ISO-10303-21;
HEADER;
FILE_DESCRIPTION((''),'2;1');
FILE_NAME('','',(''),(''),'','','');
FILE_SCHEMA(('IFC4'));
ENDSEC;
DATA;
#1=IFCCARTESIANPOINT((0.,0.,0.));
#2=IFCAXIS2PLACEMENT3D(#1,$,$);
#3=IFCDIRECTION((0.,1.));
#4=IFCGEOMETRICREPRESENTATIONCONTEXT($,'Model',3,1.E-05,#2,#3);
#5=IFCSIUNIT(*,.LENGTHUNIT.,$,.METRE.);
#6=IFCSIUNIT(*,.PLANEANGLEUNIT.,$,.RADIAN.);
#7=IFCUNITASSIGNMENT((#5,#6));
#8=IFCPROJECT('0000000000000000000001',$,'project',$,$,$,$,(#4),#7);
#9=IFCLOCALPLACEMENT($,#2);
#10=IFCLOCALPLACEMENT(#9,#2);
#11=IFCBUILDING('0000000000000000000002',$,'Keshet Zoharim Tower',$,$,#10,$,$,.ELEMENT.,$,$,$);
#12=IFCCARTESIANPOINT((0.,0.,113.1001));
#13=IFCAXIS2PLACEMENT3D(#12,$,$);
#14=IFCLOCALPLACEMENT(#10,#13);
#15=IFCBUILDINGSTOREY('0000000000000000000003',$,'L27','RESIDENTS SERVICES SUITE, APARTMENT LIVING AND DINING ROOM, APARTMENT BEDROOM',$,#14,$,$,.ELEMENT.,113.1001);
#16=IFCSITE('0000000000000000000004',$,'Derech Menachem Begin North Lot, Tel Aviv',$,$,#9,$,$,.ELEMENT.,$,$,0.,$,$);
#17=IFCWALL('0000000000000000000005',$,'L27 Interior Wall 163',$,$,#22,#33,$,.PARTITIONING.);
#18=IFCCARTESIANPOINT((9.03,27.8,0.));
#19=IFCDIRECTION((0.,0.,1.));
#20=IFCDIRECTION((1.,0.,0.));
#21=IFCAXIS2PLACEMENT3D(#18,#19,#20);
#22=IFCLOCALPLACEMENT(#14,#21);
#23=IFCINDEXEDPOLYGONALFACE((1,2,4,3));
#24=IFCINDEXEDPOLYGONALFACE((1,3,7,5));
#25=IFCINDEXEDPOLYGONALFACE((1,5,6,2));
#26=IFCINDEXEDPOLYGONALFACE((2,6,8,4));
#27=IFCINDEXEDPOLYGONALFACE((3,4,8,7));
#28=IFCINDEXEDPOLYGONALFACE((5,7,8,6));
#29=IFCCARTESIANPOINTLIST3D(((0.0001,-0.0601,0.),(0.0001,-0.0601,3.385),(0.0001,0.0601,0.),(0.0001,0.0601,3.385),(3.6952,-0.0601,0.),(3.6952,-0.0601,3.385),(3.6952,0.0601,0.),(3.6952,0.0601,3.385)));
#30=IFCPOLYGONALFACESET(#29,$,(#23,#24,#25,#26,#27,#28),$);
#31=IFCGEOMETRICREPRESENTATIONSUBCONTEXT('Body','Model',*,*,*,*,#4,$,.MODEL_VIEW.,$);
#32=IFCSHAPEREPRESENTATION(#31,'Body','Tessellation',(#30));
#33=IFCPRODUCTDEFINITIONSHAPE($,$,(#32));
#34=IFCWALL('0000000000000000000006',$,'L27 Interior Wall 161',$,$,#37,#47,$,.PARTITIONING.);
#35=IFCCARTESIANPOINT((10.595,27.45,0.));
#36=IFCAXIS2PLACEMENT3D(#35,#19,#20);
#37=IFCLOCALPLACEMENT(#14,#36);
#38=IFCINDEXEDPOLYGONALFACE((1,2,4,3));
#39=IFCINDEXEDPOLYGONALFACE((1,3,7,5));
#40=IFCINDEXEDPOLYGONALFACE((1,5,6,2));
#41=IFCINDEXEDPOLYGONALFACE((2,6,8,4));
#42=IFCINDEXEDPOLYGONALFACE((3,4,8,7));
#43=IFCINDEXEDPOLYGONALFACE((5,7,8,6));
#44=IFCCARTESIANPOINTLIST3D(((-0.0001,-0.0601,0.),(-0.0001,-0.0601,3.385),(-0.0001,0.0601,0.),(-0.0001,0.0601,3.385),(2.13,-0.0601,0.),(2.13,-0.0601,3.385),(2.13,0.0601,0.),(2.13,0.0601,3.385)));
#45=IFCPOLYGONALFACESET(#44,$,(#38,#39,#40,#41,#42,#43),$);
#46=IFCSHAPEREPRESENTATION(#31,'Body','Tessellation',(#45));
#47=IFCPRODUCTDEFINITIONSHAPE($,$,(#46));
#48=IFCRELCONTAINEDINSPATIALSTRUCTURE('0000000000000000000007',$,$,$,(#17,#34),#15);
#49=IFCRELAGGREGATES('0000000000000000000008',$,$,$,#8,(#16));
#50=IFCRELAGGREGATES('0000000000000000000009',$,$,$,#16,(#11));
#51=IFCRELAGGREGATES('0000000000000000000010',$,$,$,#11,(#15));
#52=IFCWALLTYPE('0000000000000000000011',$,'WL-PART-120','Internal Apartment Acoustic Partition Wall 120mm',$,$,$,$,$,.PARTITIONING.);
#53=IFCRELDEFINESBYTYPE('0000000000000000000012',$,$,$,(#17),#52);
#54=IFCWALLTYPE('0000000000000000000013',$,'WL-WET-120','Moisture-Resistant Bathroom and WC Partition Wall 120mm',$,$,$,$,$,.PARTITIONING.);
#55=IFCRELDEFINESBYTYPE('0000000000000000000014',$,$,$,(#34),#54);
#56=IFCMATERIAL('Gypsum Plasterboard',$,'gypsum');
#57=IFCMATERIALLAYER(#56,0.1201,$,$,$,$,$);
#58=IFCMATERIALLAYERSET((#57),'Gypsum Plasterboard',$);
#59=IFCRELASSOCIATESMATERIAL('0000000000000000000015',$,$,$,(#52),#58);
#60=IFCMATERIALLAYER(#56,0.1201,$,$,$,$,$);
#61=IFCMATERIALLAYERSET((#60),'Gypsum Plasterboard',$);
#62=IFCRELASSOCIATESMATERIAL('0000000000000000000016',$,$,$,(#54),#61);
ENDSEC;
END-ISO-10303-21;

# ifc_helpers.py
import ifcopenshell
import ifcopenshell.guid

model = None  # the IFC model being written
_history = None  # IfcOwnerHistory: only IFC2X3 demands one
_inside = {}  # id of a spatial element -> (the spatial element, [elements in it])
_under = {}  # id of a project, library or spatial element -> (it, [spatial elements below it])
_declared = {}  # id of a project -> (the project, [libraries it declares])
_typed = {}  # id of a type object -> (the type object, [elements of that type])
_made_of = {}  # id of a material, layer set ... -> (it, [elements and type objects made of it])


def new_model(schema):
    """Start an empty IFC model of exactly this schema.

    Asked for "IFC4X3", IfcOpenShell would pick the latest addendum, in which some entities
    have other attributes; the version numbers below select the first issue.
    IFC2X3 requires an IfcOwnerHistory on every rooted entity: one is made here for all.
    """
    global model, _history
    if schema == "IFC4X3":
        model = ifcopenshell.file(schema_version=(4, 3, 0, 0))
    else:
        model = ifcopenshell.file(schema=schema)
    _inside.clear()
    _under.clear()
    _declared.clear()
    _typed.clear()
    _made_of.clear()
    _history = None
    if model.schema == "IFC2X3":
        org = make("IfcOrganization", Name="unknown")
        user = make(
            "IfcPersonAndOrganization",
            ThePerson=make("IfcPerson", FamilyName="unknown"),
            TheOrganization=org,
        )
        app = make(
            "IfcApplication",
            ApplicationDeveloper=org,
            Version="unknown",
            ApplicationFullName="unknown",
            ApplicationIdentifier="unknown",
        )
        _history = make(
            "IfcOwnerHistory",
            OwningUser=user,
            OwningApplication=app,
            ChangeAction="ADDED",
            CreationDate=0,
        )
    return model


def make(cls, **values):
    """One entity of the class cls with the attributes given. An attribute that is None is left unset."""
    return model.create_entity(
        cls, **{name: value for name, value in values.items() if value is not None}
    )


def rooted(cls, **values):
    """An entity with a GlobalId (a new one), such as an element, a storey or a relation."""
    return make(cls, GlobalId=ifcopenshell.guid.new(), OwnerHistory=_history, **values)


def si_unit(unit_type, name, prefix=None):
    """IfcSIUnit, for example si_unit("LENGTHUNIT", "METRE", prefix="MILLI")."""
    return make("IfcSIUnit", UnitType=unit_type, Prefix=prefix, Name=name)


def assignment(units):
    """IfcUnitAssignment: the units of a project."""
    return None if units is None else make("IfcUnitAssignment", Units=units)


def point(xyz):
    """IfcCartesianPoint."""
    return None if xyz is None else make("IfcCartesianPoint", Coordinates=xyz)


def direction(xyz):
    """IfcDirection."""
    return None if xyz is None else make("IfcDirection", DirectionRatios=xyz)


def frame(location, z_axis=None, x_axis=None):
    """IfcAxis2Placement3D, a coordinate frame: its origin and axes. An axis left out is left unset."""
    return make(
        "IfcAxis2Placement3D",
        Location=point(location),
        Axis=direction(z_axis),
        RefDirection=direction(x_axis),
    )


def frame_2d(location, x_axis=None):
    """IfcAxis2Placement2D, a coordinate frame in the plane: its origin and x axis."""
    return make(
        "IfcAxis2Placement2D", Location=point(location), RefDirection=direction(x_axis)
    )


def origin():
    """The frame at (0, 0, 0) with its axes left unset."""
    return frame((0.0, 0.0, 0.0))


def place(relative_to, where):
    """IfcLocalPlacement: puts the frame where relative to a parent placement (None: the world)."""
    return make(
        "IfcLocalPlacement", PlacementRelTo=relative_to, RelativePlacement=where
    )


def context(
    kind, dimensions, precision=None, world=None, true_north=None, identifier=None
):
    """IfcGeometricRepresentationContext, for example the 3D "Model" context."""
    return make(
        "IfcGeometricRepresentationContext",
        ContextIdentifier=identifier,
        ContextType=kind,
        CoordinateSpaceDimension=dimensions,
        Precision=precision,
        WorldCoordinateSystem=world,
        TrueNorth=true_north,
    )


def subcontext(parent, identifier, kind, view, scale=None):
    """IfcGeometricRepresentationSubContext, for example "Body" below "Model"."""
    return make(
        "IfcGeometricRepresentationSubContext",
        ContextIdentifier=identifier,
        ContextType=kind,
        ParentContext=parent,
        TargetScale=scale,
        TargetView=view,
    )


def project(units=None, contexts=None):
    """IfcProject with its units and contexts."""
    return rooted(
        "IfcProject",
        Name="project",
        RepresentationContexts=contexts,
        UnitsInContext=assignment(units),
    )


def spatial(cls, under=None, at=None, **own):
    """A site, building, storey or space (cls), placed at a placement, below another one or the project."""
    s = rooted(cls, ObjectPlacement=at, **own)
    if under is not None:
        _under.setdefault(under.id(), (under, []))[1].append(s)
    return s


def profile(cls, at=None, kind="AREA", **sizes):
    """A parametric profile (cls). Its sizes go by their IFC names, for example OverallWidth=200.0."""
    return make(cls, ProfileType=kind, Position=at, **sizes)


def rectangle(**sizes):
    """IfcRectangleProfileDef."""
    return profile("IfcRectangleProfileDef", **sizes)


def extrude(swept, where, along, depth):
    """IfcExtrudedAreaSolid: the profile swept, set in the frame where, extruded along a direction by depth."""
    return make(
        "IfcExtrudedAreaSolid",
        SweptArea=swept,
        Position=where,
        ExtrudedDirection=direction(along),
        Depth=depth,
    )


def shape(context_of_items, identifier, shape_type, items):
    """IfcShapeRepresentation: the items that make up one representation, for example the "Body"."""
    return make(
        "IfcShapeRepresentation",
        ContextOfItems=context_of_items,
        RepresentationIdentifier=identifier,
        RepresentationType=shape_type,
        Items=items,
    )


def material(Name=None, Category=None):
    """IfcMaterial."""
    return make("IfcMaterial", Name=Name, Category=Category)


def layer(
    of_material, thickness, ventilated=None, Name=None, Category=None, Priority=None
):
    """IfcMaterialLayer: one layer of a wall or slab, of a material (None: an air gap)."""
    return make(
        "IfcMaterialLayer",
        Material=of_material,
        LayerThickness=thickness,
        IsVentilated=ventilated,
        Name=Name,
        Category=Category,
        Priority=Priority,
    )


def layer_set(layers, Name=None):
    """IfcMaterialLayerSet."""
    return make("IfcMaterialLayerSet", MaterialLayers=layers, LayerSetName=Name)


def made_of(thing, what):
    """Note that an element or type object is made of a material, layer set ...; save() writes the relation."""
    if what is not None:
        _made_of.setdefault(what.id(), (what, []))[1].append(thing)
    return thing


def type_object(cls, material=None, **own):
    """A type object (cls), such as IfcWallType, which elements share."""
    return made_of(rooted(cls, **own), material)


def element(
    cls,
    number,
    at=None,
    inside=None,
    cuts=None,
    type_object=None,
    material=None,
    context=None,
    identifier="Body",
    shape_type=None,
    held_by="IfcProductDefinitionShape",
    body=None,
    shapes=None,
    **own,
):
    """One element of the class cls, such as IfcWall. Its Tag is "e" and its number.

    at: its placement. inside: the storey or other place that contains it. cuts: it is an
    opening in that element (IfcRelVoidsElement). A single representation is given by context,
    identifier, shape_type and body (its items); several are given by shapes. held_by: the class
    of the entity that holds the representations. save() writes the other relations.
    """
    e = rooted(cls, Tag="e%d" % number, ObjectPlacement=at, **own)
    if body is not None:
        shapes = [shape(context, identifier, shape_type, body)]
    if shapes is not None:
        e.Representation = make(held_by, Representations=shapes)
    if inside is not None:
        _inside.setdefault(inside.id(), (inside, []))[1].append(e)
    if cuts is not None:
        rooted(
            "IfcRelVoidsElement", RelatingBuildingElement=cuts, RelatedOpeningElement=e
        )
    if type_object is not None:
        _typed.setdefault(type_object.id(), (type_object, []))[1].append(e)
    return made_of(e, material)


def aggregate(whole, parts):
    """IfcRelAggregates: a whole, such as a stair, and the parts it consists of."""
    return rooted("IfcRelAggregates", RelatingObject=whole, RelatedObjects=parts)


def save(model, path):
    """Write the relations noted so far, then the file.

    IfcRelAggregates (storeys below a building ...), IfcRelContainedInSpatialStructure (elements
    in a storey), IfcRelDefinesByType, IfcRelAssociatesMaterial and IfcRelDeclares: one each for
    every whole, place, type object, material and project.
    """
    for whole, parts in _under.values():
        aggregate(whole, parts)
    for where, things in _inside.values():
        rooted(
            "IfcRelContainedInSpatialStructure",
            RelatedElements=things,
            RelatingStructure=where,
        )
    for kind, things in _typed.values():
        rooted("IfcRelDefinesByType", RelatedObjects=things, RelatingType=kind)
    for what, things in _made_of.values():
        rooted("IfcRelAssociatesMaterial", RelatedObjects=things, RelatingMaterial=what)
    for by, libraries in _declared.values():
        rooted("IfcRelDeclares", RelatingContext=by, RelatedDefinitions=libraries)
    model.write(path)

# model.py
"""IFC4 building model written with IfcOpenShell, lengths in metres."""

from ifc_helpers import new_model, si_unit, direction, frame, frame_2d, origin, place, context, subcontext, project, spatial, rectangle, extrude, material, layer, layer_set, type_object, element, save


model = new_model("IFC4")

# Units and contexts
model_context = context("Model", 3, precision=1e-05, world=origin(), true_north=direction((0.0, 1.0)))
body_context = subcontext(model_context, "Body", "Model", "MODEL_VIEW")
ifc_project = project(units=[si_unit("LENGTHUNIT", "METRE"), si_unit("PLANEANGLEUNIT", "RADIAN")], contexts=[model_context])

# Site, building, storey
site_placement = place(None, origin())
site = spatial("IfcSite", under=ifc_project, at=site_placement, Name="Derech Menachem Begin North Lot, Tel Aviv", CompositionType="ELEMENT", RefElevation=0.0)
building_placement = place(site_placement, origin())
building = spatial("IfcBuilding", under=site, at=building_placement, Name="Keshet Zoharim Tower", CompositionType="ELEMENT")
storey_placement = place(building_placement, frame((0.0, 0.0, 113.1001)))
storey = spatial("IfcBuildingStorey", under=building, at=storey_placement, Name="L27", Description="RESIDENTS SERVICES SUITE, APARTMENT LIVING AND DINING ROOM, APARTMENT BEDROOM", CompositionType="ELEMENT", Elevation=113.1001)

# Shared definitions
ifc_material_1 = material(Name="Gypsum Plasterboard", Category="gypsum")

# Wall
ifc_layer_1 = layer(ifc_material_1, 0.1201)
ifc_layer_set_1 = layer_set([ifc_layer_1], Name="Gypsum Plasterboard")
wall_type_1 = type_object("IfcWallType", Name="WL-PART-120", Description="Internal Apartment Acoustic Partition Wall 120mm", PredefinedType="PARTITIONING", material=ifc_layer_set_1)
wall_1_placement = place(storey_placement, frame((9.03, 27.8, 0.0), z_axis=(0.0, 0.0, 1.0), x_axis=(1.0, 0.0, 0.0)))
element("IfcWall", 1, at=wall_1_placement, inside=storey, type_object=wall_type_1, Name="L27 Interior Wall 163", PredefinedType="PARTITIONING", context=body_context, shape_type="SweptSolid", body=[
    extrude(rectangle(XDim=3.6951, YDim=0.1201, at=frame_2d((1.8477, 0.0))), origin(), (0.0, 0.0, 1.0), 3.385),
])

# Wall
ifc_layer_2 = layer(ifc_material_1, 0.1201)
ifc_layer_set_2 = layer_set([ifc_layer_2], Name="Gypsum Plasterboard")
wall_type_2 = type_object("IfcWallType", Name="WL-WET-120", Description="Moisture-Resistant Bathroom and WC Partition Wall 120mm", PredefinedType="PARTITIONING", material=ifc_layer_set_2)
wall_2_placement = place(storey_placement, frame((10.595, 27.45, 0.0), z_axis=(0.0, 0.0, 1.0), x_axis=(1.0, 0.0, 0.0)))
element("IfcWall", 2, at=wall_2_placement, inside=storey, type_object=wall_type_2, Name="L27 Interior Wall 161", PredefinedType="PARTITIONING", context=body_context, shape_type="SweptSolid", body=[
    extrude(rectangle(XDim=2.1301, YDim=0.1201, at=frame_2d((1.0649, 0.0))), origin(), (0.0, 0.0, 1.0), 3.385),
])

save(model, "model.ifc")
